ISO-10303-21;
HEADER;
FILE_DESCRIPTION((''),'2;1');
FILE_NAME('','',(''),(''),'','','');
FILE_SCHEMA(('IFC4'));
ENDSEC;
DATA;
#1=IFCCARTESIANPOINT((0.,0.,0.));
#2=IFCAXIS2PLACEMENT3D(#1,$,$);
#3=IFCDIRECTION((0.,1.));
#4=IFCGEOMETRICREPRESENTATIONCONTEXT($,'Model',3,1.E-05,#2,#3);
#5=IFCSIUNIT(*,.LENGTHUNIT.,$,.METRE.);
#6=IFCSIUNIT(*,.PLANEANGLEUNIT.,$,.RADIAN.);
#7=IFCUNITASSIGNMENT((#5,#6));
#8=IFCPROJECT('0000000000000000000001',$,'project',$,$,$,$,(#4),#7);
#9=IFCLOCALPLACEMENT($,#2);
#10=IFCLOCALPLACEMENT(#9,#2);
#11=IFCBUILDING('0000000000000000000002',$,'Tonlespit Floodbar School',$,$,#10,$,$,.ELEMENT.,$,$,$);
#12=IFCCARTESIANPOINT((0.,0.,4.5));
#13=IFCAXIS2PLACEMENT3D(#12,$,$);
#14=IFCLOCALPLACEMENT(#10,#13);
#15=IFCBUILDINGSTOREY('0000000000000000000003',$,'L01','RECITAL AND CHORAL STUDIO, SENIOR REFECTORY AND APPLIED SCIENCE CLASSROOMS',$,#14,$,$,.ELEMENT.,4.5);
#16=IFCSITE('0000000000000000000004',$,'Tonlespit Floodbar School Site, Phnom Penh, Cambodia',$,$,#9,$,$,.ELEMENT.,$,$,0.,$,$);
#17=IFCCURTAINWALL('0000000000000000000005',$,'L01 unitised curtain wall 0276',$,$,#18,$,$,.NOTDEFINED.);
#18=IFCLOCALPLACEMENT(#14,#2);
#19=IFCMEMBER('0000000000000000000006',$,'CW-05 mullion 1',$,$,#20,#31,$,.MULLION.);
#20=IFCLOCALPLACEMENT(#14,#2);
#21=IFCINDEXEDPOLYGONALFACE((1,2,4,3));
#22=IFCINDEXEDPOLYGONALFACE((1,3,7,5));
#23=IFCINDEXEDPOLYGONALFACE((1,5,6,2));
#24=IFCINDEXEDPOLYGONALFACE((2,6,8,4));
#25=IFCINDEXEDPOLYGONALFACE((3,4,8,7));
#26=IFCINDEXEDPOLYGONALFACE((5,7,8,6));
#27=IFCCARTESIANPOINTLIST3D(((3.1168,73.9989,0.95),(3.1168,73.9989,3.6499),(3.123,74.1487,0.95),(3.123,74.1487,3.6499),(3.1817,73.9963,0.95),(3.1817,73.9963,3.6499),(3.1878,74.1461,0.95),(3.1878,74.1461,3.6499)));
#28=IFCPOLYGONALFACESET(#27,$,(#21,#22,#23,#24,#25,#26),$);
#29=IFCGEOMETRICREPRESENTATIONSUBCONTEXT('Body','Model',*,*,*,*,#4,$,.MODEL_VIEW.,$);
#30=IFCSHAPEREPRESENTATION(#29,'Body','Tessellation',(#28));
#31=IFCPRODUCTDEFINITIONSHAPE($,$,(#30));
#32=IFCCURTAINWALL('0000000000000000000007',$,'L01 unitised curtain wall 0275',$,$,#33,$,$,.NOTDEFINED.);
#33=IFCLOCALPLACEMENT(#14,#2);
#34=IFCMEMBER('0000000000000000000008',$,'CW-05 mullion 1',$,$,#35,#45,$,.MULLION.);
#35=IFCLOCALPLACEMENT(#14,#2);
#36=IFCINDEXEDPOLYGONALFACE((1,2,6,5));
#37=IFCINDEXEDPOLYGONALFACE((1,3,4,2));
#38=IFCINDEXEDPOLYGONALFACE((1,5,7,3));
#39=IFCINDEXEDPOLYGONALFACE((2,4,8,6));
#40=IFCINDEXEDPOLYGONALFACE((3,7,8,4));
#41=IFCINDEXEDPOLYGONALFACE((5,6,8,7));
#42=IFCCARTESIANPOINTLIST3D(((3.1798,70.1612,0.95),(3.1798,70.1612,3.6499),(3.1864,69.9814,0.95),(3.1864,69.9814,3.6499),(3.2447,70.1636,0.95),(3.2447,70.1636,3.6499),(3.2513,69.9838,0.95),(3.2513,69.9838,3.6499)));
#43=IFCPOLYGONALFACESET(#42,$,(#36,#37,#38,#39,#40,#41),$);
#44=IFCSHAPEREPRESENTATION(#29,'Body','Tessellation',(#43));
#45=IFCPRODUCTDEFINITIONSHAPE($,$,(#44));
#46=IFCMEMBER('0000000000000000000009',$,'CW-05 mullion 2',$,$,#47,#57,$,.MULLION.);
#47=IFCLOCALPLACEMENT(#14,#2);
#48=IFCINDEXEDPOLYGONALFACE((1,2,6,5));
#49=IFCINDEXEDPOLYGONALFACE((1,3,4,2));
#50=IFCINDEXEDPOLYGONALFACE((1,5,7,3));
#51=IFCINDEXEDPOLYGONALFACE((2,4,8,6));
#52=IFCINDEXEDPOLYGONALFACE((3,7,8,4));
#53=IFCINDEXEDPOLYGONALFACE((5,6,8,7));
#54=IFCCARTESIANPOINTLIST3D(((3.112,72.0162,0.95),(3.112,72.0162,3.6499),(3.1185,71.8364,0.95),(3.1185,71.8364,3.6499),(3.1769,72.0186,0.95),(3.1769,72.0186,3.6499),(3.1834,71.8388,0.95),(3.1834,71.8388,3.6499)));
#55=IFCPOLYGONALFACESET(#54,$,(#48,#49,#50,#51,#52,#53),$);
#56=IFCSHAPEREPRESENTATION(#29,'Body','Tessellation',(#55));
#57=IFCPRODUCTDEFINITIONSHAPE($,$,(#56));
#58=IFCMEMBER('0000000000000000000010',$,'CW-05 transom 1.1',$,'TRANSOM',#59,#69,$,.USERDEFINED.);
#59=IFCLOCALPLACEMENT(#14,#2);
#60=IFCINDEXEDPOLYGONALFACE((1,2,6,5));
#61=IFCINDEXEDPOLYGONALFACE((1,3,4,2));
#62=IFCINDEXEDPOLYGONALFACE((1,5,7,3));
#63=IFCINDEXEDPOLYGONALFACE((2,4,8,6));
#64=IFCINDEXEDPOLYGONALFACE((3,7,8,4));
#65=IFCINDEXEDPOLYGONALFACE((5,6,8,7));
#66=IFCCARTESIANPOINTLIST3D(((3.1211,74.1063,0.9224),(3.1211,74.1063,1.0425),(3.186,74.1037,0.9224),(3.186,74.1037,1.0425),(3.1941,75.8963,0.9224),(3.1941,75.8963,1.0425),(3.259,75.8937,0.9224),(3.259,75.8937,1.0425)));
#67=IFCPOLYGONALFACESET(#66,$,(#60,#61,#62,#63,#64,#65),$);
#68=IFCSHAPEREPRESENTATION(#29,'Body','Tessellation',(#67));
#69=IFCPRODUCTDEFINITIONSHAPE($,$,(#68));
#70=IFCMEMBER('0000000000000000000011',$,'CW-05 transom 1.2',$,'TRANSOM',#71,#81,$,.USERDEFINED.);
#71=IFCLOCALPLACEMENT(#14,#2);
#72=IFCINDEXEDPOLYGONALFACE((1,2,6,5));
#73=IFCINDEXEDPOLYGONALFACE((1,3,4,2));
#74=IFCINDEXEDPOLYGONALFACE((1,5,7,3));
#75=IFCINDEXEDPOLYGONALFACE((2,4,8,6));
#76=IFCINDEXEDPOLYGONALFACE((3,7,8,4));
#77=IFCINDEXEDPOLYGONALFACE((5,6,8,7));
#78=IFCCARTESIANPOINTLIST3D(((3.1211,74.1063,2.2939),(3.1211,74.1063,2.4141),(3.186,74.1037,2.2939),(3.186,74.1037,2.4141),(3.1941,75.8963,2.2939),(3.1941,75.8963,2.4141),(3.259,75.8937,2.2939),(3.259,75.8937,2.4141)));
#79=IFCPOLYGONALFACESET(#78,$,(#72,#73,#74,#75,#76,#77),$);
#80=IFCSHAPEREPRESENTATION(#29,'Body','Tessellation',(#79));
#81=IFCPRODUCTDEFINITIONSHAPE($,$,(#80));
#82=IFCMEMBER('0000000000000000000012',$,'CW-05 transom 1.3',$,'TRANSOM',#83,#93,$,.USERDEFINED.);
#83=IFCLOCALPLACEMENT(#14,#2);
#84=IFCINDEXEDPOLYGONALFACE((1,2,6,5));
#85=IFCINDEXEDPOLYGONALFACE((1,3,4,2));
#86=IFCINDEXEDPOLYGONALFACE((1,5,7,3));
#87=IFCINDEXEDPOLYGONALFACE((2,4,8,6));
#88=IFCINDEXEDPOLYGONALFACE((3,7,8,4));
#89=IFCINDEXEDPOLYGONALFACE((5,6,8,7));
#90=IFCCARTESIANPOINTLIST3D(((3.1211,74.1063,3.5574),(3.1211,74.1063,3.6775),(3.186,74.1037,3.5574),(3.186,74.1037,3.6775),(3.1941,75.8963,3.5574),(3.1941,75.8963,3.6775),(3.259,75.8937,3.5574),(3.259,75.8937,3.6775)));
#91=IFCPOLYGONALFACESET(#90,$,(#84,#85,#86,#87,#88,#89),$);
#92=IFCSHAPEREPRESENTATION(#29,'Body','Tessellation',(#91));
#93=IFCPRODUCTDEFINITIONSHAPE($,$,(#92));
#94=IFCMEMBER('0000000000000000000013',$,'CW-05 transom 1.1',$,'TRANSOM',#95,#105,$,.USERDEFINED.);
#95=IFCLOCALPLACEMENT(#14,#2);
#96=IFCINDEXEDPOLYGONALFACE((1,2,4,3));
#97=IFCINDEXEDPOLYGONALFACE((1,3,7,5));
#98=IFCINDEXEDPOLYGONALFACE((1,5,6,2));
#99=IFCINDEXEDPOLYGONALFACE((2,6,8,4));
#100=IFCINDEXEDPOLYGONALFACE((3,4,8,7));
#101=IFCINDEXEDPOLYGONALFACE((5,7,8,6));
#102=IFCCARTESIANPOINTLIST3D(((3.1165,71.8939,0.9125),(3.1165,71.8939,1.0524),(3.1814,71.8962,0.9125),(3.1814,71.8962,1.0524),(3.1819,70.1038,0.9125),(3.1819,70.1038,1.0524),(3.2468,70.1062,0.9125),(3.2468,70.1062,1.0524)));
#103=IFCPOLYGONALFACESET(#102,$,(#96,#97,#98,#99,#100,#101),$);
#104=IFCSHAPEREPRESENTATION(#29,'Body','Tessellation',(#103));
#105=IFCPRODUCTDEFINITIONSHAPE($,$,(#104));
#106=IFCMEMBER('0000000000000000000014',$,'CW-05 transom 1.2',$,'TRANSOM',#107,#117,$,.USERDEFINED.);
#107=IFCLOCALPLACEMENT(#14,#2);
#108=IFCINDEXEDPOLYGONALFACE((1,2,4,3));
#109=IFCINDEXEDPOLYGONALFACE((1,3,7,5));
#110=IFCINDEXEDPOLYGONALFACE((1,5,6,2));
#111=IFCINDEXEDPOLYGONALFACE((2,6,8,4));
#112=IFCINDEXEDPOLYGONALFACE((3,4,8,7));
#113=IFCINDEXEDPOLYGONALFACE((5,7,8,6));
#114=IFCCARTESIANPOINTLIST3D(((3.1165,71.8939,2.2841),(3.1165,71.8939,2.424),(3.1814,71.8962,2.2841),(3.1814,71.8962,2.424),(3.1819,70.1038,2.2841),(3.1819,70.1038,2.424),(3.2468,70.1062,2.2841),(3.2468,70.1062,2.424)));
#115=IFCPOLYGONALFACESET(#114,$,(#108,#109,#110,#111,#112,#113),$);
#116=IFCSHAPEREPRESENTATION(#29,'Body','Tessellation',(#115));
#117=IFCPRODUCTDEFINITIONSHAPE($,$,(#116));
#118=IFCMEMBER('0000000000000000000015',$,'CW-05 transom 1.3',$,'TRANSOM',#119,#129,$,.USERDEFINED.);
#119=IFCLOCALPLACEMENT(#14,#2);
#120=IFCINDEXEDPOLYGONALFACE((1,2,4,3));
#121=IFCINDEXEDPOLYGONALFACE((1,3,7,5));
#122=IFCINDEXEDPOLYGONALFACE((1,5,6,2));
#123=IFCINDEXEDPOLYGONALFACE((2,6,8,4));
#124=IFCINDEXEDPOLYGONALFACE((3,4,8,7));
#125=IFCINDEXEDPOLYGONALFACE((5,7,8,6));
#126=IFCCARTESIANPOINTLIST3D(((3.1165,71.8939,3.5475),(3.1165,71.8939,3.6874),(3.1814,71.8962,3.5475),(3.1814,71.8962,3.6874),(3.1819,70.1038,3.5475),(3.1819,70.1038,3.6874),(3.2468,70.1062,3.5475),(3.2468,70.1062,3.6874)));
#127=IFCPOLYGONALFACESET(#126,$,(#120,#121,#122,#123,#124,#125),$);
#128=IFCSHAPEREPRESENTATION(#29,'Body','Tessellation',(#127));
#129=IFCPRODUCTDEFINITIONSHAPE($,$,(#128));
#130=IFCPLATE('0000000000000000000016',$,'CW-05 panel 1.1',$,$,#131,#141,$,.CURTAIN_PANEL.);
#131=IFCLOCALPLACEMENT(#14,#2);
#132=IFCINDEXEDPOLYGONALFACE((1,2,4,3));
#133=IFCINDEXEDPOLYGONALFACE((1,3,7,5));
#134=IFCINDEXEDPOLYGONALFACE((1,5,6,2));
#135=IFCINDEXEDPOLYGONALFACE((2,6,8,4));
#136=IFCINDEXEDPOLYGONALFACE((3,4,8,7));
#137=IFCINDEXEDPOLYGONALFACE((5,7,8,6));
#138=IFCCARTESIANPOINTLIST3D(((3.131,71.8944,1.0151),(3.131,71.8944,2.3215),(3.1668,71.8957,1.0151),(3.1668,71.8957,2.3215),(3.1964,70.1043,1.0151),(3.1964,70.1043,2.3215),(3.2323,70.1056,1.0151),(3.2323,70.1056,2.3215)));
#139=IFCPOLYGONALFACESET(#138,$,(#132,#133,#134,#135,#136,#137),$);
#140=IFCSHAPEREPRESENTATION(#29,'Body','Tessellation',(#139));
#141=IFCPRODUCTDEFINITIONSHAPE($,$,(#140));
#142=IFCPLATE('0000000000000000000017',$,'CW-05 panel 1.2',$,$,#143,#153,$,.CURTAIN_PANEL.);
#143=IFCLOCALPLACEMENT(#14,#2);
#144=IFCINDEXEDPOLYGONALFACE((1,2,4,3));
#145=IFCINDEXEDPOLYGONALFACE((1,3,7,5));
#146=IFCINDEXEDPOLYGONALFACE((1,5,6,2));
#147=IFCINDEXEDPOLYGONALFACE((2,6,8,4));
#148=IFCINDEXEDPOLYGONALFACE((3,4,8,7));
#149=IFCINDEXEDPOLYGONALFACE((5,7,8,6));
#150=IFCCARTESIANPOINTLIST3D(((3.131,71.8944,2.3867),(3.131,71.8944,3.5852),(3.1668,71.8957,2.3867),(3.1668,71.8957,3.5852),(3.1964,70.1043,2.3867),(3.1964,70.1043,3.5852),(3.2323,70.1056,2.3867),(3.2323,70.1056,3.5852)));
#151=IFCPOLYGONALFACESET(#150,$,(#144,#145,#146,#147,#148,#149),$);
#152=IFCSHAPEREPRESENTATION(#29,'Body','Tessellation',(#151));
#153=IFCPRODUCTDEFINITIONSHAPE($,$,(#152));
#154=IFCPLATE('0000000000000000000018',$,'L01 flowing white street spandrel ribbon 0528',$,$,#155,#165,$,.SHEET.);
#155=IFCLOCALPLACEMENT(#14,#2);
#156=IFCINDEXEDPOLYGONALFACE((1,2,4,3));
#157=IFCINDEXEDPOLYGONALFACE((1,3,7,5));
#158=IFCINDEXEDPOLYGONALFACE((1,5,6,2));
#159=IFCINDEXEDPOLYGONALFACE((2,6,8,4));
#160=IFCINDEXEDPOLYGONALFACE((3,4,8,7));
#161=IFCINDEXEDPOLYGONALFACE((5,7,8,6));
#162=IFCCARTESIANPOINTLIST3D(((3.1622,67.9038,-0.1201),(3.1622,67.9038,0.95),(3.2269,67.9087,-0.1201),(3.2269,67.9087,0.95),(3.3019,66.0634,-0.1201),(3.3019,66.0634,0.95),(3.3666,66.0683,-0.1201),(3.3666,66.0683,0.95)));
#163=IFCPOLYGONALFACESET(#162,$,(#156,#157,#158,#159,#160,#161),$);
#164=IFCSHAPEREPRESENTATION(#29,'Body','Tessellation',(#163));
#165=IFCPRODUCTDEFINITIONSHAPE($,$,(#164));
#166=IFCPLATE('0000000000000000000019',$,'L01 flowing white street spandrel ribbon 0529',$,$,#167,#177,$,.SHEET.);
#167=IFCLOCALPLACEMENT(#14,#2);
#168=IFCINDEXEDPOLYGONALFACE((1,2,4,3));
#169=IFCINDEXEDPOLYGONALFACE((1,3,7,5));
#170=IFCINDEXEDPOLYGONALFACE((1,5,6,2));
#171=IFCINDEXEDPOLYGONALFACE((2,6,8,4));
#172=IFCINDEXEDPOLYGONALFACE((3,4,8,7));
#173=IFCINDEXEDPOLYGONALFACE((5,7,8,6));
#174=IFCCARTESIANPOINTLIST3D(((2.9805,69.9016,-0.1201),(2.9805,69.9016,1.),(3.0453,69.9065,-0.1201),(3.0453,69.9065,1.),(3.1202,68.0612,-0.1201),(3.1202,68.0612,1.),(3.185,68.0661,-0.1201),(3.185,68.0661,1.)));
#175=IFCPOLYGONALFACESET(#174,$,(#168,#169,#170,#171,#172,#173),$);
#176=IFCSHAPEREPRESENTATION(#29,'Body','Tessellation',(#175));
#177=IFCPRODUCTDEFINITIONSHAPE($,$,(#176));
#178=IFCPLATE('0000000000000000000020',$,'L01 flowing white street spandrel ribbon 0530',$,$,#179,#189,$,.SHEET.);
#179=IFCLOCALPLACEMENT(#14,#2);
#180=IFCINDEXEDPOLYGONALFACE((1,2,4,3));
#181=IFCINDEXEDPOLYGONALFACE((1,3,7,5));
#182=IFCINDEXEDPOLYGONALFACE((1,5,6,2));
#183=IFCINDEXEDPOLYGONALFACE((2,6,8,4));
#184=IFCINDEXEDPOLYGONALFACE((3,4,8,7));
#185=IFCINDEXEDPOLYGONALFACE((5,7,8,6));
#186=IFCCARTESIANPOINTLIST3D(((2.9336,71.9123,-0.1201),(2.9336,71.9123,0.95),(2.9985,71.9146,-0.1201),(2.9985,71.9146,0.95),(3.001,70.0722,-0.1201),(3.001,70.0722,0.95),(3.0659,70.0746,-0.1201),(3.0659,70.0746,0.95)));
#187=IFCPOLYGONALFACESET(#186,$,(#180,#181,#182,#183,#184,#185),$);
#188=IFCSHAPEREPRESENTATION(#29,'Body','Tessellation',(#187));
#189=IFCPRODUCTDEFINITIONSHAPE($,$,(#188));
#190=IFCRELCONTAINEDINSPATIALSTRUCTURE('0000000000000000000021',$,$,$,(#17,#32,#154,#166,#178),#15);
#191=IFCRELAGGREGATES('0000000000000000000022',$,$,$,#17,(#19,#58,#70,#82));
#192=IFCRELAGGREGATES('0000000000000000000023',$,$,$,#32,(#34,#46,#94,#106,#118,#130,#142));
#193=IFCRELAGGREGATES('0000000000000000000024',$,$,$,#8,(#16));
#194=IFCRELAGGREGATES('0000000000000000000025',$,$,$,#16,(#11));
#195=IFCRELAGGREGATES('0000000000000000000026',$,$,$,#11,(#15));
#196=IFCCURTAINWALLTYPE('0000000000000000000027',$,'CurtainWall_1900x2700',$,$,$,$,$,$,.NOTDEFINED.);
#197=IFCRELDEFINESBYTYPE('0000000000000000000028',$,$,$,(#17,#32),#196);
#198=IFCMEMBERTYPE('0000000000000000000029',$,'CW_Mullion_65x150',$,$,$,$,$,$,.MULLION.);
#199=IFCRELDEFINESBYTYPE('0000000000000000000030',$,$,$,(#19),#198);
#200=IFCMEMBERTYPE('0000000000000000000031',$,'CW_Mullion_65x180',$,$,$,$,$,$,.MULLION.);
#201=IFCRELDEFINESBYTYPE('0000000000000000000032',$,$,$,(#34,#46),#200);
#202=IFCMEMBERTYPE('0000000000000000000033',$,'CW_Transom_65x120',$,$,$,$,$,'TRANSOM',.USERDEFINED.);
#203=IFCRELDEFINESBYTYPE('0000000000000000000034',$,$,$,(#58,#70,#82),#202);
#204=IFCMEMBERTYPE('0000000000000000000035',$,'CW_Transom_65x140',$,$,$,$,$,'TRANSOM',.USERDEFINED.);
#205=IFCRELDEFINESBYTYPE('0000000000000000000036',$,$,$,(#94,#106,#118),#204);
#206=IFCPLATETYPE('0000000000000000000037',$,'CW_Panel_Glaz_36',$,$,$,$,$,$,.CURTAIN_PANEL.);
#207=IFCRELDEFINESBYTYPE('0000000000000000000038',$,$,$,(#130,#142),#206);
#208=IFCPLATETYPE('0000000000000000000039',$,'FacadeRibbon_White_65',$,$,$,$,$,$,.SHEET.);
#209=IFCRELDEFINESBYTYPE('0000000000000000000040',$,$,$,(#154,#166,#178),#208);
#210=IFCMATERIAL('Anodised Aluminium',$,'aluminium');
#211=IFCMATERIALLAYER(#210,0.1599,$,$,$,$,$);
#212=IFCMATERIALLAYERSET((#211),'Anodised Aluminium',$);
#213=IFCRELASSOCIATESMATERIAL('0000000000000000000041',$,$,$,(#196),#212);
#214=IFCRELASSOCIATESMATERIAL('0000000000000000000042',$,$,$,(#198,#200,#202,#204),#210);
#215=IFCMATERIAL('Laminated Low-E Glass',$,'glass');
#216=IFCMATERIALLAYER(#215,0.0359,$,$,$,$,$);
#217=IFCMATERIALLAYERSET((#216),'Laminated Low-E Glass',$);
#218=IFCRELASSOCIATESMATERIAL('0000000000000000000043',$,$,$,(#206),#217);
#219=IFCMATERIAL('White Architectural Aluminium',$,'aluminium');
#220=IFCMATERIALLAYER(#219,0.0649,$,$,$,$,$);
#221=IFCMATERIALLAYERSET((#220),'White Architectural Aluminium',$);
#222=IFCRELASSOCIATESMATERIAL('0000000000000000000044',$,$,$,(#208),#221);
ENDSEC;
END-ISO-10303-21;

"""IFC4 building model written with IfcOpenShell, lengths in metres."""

from ifc_helpers import new_model, si_unit, direction, frame, origin, origin_2d, place, context, subcontext, project, spatial, rectangle, extrude, material, layer, layer_set, material_profile, profile_set, type_object, element, aggregate, save


model = new_model("IFC4")

# Units and contexts
model_context = context("Model", 3, precision=1e-05, world=origin(), true_north=direction((0.0, 1.0)))
body_context = subcontext(model_context, "Body", "Model", "MODEL_VIEW")
ifc_project = project(units=[si_unit("LENGTHUNIT", "METRE"), si_unit("PLANEANGLEUNIT", "RADIAN")], contexts=[model_context])

# Site, building, storey
site_placement = place(None, origin())
site = spatial("IfcSite", under=ifc_project, at=site_placement, Name="Tonlespit Floodbar School Site, Phnom Penh, Cambodia", CompositionType="ELEMENT", RefElevation=0.0)
building_placement = place(site_placement, origin())
building = spatial("IfcBuilding", under=site, at=building_placement, Name="Tonlespit Floodbar School", CompositionType="ELEMENT")
storey_placement = place(building_placement, frame((0.0, 0.0, 4.5)))
storey = spatial("IfcBuildingStorey", under=building, at=storey_placement, Name="L01", Description="RECITAL AND CHORAL STUDIO, SENIOR REFECTORY AND APPLIED SCIENCE CLASSROOMS", CompositionType="ELEMENT", Elevation=4.5)

# Curtain wall, member
ifc_material_1 = material(Name="Anodised Aluminium", Category="aluminium")
ifc_layer_1 = layer(ifc_material_1, 0.1599)
ifc_layer_set_1 = layer_set([ifc_layer_1], Name="Anodised Aluminium")
curtain_wall_type = type_object("IfcCurtainWallType", Name="CurtainWall_1900x2700", PredefinedType="NOTDEFINED", material=ifc_layer_set_1)
curtain_wall_1_placement = place(storey_placement, origin())
curtain_wall_1 = element("IfcCurtainWall", 1, at=curtain_wall_1_placement, inside=storey, type_object=curtain_wall_type, Name="L01 unitised curtain wall 0276", PredefinedType="NOTDEFINED")
ifc_material_profile_1 = material_profile(ifc_material_1, rectangle(XDim=0.0649, YDim=0.1499, at=origin_2d()), Name="ALU M65x150")
ifc_profile_set_1 = profile_set([ifc_material_profile_1], Name="Anodised Aluminium")
member_type_1 = type_object("IfcMemberType", Name="CW_Mullion_65x150", PredefinedType="MULLION", material=ifc_profile_set_1)
member_1_placement = place(storey_placement, frame((3.1523, 74.0725, 0.95), z_axis=(0.0, 0.0, 1.0), x_axis=(-0.999169, 0.040747, 0.0)))
member_1 = element("IfcMember", 2, at=member_1_placement, type_object=member_type_1, Name="CW-05 mullion 1", PredefinedType="MULLION", context=body_context, shape_type="SweptSolid", body=[
    extrude(rectangle(XDim=0.0649, YDim=0.1499, at=origin_2d()), origin(), (0.0, 0.0, 1.0), 2.7),
])

# Curtain wall, members
curtain_wall_2_placement = place(storey_placement, origin())
curtain_wall_2 = element("IfcCurtainWall", 3, at=curtain_wall_2_placement, inside=storey, type_object=curtain_wall_type, Name="L01 unitised curtain wall 0275", PredefinedType="NOTDEFINED")
ifc_material_profile_2 = material_profile(ifc_material_1, rectangle(XDim=0.0649, YDim=0.1799, at=origin_2d()), Name="ALU M65x180")
ifc_profile_set_2 = profile_set([ifc_material_profile_2], Name="Anodised Aluminium")
member_type_2 = type_object("IfcMemberType", Name="CW_Mullion_65x180", PredefinedType="MULLION", material=ifc_profile_set_2)
member_2_placement = place(storey_placement, frame((3.2156, 70.0725, 0.95), z_axis=(0.0, 0.0, 1.0), x_axis=(-0.999332, -0.036538, 0.0)))
member_2 = element("IfcMember", 4, at=member_2_placement, type_object=member_type_2, Name="CW-05 mullion 1", PredefinedType="MULLION", context=body_context, shape_type="SweptSolid", body=[
    extrude(rectangle(XDim=0.0649, YDim=0.1799, at=origin_2d()), origin(), (0.0, 0.0, 1.0), 2.7),
])
member_3_placement = place(storey_placement, frame((3.1477, 71.9275, 0.95), z_axis=(0.0, 0.0, 1.0), x_axis=(-0.999332, -0.036538, 0.0)))
member_3 = element("IfcMember", 5, at=member_3_placement, type_object=member_type_2, Name="CW-05 mullion 2", PredefinedType="MULLION", context=body_context, shape_type="SweptSolid", body=[
    extrude(rectangle(XDim=0.0649, YDim=0.1799, at=origin_2d()), origin(), (0.0, 0.0, 1.0), 2.7),
])

# Members
ifc_material_profile_3 = material_profile(ifc_material_1, rectangle(XDim=0.0649, YDim=0.1201, at=origin_2d()), Name="ALU T65x120")
ifc_profile_set_3 = profile_set([ifc_material_profile_3], Name="Anodised Aluminium")
member_type_3 = type_object("IfcMemberType", Name="CW_Transom_65x120", ElementType="TRANSOM", PredefinedType="USERDEFINED", material=ifc_profile_set_3)
member_4_placement = place(storey_placement, frame((3.1536, 74.105, 0.9824), z_axis=(0.040746, 0.99917, 0.0), x_axis=(-0.99917, 0.040746, 0.0)))
member_4 = element("IfcMember", 6, at=member_4_placement, type_object=member_type_3, Name="CW-05 transom 1.1", ObjectType="TRANSOM", PredefinedType="USERDEFINED", context=body_context, shape_type="SweptSolid", body=[
    extrude(rectangle(XDim=0.0649, YDim=0.1201, at=origin_2d()), origin(), (0.0, 0.0, 1.0), 1.7915),
])
member_5_placement = place(storey_placement, frame((3.1536, 74.105, 2.354), z_axis=(0.040746, 0.99917, 0.0), x_axis=(-0.99917, 0.040746, 0.0)))
member_5 = element("IfcMember", 7, at=member_5_placement, type_object=member_type_3, Name="CW-05 transom 1.2", ObjectType="TRANSOM", PredefinedType="USERDEFINED", context=body_context, shape_type="SweptSolid", body=[
    extrude(rectangle(XDim=0.0649, YDim=0.1201, at=origin_2d()), origin(), (0.0, 0.0, 1.0), 1.7915),
])
member_6_placement = place(storey_placement, frame((3.1536, 74.105, 3.6174), z_axis=(0.040746, 0.99917, 0.0), x_axis=(-0.99917, 0.040746, 0.0)))
member_6 = element("IfcMember", 8, at=member_6_placement, type_object=member_type_3, Name="CW-05 transom 1.3", ObjectType="TRANSOM", PredefinedType="USERDEFINED", context=body_context, shape_type="SweptSolid", body=[
    extrude(rectangle(XDim=0.0649, YDim=0.1201, at=origin_2d()), origin(), (0.0, 0.0, 1.0), 1.7915),
])
aggregate(curtain_wall_1, [member_1, member_4, member_5, member_6])
ifc_material_profile_4 = material_profile(ifc_material_1, rectangle(XDim=0.0649, YDim=0.1399, at=origin_2d()), Name="ALU T65x140")
ifc_profile_set_4 = profile_set([ifc_material_profile_4], Name="Anodised Aluminium")
member_type_4 = type_object("IfcMemberType", Name="CW_Transom_65x140", ElementType="TRANSOM", PredefinedType="USERDEFINED", material=ifc_profile_set_4)
member_7_placement = place(storey_placement, frame((3.2144, 70.105, 0.9824), z_axis=(-0.036528, 0.999333, 0.0), x_axis=(-0.999333, -0.036528, 0.0)))
member_7 = element("IfcMember", 9, at=member_7_placement, type_object=member_type_4, Name="CW-05 transom 1.1", ObjectType="TRANSOM", PredefinedType="USERDEFINED", context=body_context, shape_type="SweptSolid", body=[
    extrude(rectangle(XDim=0.0649, YDim=0.1399, at=origin_2d()), origin(), (0.0, 0.0, 1.0), 1.7913),
])
member_8_placement = place(storey_placement, frame((3.2144, 70.105, 2.354), z_axis=(-0.036528, 0.999333, 0.0), x_axis=(-0.999333, -0.036528, 0.0)))
member_8 = element("IfcMember", 10, at=member_8_placement, type_object=member_type_4, Name="CW-05 transom 1.2", ObjectType="TRANSOM", PredefinedType="USERDEFINED", context=body_context, shape_type="SweptSolid", body=[
    extrude(rectangle(XDim=0.0649, YDim=0.1399, at=origin_2d()), origin(), (0.0, 0.0, 1.0), 1.7913),
])
member_9_placement = place(storey_placement, frame((3.2144, 70.105, 3.6174), z_axis=(-0.036528, 0.999333, 0.0), x_axis=(-0.999333, -0.036528, 0.0)))
member_9 = element("IfcMember", 11, at=member_9_placement, type_object=member_type_4, Name="CW-05 transom 1.3", ObjectType="TRANSOM", PredefinedType="USERDEFINED", context=body_context, shape_type="SweptSolid", body=[
    extrude(rectangle(XDim=0.0649, YDim=0.1399, at=origin_2d()), origin(), (0.0, 0.0, 1.0), 1.7913),
])

# Plates
ifc_material_2 = material(Name="Laminated Low-E Glass", Category="glass")
ifc_layer_2 = layer(ifc_material_2, 0.0359)
ifc_layer_set_2 = layer_set([ifc_layer_2], Name="Laminated Low-E Glass")
plate_type_1 = type_object("IfcPlateType", Name="CW_Panel_Glaz_36", PredefinedType="CURTAIN_PANEL", material=ifc_layer_set_2)
plate_1_placement = place(storey_placement, frame((3.1816, 71.0, 1.0151), z_axis=(0.0, 0.0, 1.0), x_axis=(-0.036538, 0.999332, 0.0)))
plate_1 = element("IfcPlate", 12, at=plate_1_placement, type_object=plate_type_1, Name="CW-05 panel 1.1", PredefinedType="CURTAIN_PANEL", context=body_context, shape_type="SweptSolid", body=[
    extrude(rectangle(XDim=1.7913, YDim=0.0359, at=origin_2d()), origin(), (0.0, 0.0, 1.0), 1.3064),
])
plate_2_placement = place(storey_placement, frame((3.1816, 71.0, 2.3867), z_axis=(0.0, 0.0, 1.0), x_axis=(-0.036538, 0.999332, 0.0)))
plate_2 = element("IfcPlate", 13, at=plate_2_placement, type_object=plate_type_1, Name="CW-05 panel 1.2", PredefinedType="CURTAIN_PANEL", context=body_context, shape_type="SweptSolid", body=[
    extrude(rectangle(XDim=1.7913, YDim=0.0359, at=origin_2d()), origin(), (0.0, 0.0, 1.0), 1.1985),
])
aggregate(curtain_wall_2, [member_2, member_3, member_7, member_8, member_9, plate_1, plate_2])

# Plates
ifc_material_3 = material(Name="White Architectural Aluminium", Category="aluminium")
ifc_layer_3 = layer(ifc_material_3, 0.0649)
ifc_layer_set_3 = layer_set([ifc_layer_3], Name="White Architectural Aluminium")
plate_type_2 = type_object("IfcPlateType", Name="FacadeRibbon_White_65", PredefinedType="SHEET", material=ifc_layer_set_3)
plate_3_placement = place(storey_placement, frame((3.2644, 66.9861, -0.1201), z_axis=(0.0, 0.0, 1.0), x_axis=(-0.075682, 0.997132, 0.0)))
element("IfcPlate", 14, at=plate_3_placement, inside=storey, type_object=plate_type_2, Name="L01 flowing white street spandrel ribbon 0528", PredefinedType="SHEET", context=body_context, shape_type="SweptSolid", body=[
    extrude(rectangle(XDim=1.8457, YDim=0.0649, at=origin_2d()), origin(), (0.0, 0.0, 1.0), 1.0701),
])
plate_4_placement = place(storey_placement, frame((3.0828, 68.9839, -0.1201), z_axis=(0.0, 0.0, 1.0), x_axis=(-0.075682, 0.997132, 0.0)))
element("IfcPlate", 15, at=plate_4_placement, inside=storey, type_object=plate_type_2, Name="L01 flowing white street spandrel ribbon 0529", PredefinedType="SHEET", context=body_context, shape_type="SweptSolid", body=[
    extrude(rectangle(XDim=1.8457, YDim=0.0649, at=origin_2d()), origin(), (0.0, 0.0, 1.0), 1.1201),
])
plate_5_placement = place(storey_placement, frame((2.9998, 70.9934, -0.1201), z_axis=(0.0, 0.0, 1.0), x_axis=(-0.036576, 0.999331, 0.0)))
element("IfcPlate", 16, at=plate_5_placement, inside=storey, type_object=plate_type_2, Name="L01 flowing white street spandrel ribbon 0530", PredefinedType="SHEET", context=body_context, shape_type="SweptSolid", body=[
    extrude(rectangle(XDim=1.8413, YDim=0.0649, at=origin_2d()), origin(), (0.0, 0.0, 1.0), 1.0701),
])

save(model, "model.ifc")
